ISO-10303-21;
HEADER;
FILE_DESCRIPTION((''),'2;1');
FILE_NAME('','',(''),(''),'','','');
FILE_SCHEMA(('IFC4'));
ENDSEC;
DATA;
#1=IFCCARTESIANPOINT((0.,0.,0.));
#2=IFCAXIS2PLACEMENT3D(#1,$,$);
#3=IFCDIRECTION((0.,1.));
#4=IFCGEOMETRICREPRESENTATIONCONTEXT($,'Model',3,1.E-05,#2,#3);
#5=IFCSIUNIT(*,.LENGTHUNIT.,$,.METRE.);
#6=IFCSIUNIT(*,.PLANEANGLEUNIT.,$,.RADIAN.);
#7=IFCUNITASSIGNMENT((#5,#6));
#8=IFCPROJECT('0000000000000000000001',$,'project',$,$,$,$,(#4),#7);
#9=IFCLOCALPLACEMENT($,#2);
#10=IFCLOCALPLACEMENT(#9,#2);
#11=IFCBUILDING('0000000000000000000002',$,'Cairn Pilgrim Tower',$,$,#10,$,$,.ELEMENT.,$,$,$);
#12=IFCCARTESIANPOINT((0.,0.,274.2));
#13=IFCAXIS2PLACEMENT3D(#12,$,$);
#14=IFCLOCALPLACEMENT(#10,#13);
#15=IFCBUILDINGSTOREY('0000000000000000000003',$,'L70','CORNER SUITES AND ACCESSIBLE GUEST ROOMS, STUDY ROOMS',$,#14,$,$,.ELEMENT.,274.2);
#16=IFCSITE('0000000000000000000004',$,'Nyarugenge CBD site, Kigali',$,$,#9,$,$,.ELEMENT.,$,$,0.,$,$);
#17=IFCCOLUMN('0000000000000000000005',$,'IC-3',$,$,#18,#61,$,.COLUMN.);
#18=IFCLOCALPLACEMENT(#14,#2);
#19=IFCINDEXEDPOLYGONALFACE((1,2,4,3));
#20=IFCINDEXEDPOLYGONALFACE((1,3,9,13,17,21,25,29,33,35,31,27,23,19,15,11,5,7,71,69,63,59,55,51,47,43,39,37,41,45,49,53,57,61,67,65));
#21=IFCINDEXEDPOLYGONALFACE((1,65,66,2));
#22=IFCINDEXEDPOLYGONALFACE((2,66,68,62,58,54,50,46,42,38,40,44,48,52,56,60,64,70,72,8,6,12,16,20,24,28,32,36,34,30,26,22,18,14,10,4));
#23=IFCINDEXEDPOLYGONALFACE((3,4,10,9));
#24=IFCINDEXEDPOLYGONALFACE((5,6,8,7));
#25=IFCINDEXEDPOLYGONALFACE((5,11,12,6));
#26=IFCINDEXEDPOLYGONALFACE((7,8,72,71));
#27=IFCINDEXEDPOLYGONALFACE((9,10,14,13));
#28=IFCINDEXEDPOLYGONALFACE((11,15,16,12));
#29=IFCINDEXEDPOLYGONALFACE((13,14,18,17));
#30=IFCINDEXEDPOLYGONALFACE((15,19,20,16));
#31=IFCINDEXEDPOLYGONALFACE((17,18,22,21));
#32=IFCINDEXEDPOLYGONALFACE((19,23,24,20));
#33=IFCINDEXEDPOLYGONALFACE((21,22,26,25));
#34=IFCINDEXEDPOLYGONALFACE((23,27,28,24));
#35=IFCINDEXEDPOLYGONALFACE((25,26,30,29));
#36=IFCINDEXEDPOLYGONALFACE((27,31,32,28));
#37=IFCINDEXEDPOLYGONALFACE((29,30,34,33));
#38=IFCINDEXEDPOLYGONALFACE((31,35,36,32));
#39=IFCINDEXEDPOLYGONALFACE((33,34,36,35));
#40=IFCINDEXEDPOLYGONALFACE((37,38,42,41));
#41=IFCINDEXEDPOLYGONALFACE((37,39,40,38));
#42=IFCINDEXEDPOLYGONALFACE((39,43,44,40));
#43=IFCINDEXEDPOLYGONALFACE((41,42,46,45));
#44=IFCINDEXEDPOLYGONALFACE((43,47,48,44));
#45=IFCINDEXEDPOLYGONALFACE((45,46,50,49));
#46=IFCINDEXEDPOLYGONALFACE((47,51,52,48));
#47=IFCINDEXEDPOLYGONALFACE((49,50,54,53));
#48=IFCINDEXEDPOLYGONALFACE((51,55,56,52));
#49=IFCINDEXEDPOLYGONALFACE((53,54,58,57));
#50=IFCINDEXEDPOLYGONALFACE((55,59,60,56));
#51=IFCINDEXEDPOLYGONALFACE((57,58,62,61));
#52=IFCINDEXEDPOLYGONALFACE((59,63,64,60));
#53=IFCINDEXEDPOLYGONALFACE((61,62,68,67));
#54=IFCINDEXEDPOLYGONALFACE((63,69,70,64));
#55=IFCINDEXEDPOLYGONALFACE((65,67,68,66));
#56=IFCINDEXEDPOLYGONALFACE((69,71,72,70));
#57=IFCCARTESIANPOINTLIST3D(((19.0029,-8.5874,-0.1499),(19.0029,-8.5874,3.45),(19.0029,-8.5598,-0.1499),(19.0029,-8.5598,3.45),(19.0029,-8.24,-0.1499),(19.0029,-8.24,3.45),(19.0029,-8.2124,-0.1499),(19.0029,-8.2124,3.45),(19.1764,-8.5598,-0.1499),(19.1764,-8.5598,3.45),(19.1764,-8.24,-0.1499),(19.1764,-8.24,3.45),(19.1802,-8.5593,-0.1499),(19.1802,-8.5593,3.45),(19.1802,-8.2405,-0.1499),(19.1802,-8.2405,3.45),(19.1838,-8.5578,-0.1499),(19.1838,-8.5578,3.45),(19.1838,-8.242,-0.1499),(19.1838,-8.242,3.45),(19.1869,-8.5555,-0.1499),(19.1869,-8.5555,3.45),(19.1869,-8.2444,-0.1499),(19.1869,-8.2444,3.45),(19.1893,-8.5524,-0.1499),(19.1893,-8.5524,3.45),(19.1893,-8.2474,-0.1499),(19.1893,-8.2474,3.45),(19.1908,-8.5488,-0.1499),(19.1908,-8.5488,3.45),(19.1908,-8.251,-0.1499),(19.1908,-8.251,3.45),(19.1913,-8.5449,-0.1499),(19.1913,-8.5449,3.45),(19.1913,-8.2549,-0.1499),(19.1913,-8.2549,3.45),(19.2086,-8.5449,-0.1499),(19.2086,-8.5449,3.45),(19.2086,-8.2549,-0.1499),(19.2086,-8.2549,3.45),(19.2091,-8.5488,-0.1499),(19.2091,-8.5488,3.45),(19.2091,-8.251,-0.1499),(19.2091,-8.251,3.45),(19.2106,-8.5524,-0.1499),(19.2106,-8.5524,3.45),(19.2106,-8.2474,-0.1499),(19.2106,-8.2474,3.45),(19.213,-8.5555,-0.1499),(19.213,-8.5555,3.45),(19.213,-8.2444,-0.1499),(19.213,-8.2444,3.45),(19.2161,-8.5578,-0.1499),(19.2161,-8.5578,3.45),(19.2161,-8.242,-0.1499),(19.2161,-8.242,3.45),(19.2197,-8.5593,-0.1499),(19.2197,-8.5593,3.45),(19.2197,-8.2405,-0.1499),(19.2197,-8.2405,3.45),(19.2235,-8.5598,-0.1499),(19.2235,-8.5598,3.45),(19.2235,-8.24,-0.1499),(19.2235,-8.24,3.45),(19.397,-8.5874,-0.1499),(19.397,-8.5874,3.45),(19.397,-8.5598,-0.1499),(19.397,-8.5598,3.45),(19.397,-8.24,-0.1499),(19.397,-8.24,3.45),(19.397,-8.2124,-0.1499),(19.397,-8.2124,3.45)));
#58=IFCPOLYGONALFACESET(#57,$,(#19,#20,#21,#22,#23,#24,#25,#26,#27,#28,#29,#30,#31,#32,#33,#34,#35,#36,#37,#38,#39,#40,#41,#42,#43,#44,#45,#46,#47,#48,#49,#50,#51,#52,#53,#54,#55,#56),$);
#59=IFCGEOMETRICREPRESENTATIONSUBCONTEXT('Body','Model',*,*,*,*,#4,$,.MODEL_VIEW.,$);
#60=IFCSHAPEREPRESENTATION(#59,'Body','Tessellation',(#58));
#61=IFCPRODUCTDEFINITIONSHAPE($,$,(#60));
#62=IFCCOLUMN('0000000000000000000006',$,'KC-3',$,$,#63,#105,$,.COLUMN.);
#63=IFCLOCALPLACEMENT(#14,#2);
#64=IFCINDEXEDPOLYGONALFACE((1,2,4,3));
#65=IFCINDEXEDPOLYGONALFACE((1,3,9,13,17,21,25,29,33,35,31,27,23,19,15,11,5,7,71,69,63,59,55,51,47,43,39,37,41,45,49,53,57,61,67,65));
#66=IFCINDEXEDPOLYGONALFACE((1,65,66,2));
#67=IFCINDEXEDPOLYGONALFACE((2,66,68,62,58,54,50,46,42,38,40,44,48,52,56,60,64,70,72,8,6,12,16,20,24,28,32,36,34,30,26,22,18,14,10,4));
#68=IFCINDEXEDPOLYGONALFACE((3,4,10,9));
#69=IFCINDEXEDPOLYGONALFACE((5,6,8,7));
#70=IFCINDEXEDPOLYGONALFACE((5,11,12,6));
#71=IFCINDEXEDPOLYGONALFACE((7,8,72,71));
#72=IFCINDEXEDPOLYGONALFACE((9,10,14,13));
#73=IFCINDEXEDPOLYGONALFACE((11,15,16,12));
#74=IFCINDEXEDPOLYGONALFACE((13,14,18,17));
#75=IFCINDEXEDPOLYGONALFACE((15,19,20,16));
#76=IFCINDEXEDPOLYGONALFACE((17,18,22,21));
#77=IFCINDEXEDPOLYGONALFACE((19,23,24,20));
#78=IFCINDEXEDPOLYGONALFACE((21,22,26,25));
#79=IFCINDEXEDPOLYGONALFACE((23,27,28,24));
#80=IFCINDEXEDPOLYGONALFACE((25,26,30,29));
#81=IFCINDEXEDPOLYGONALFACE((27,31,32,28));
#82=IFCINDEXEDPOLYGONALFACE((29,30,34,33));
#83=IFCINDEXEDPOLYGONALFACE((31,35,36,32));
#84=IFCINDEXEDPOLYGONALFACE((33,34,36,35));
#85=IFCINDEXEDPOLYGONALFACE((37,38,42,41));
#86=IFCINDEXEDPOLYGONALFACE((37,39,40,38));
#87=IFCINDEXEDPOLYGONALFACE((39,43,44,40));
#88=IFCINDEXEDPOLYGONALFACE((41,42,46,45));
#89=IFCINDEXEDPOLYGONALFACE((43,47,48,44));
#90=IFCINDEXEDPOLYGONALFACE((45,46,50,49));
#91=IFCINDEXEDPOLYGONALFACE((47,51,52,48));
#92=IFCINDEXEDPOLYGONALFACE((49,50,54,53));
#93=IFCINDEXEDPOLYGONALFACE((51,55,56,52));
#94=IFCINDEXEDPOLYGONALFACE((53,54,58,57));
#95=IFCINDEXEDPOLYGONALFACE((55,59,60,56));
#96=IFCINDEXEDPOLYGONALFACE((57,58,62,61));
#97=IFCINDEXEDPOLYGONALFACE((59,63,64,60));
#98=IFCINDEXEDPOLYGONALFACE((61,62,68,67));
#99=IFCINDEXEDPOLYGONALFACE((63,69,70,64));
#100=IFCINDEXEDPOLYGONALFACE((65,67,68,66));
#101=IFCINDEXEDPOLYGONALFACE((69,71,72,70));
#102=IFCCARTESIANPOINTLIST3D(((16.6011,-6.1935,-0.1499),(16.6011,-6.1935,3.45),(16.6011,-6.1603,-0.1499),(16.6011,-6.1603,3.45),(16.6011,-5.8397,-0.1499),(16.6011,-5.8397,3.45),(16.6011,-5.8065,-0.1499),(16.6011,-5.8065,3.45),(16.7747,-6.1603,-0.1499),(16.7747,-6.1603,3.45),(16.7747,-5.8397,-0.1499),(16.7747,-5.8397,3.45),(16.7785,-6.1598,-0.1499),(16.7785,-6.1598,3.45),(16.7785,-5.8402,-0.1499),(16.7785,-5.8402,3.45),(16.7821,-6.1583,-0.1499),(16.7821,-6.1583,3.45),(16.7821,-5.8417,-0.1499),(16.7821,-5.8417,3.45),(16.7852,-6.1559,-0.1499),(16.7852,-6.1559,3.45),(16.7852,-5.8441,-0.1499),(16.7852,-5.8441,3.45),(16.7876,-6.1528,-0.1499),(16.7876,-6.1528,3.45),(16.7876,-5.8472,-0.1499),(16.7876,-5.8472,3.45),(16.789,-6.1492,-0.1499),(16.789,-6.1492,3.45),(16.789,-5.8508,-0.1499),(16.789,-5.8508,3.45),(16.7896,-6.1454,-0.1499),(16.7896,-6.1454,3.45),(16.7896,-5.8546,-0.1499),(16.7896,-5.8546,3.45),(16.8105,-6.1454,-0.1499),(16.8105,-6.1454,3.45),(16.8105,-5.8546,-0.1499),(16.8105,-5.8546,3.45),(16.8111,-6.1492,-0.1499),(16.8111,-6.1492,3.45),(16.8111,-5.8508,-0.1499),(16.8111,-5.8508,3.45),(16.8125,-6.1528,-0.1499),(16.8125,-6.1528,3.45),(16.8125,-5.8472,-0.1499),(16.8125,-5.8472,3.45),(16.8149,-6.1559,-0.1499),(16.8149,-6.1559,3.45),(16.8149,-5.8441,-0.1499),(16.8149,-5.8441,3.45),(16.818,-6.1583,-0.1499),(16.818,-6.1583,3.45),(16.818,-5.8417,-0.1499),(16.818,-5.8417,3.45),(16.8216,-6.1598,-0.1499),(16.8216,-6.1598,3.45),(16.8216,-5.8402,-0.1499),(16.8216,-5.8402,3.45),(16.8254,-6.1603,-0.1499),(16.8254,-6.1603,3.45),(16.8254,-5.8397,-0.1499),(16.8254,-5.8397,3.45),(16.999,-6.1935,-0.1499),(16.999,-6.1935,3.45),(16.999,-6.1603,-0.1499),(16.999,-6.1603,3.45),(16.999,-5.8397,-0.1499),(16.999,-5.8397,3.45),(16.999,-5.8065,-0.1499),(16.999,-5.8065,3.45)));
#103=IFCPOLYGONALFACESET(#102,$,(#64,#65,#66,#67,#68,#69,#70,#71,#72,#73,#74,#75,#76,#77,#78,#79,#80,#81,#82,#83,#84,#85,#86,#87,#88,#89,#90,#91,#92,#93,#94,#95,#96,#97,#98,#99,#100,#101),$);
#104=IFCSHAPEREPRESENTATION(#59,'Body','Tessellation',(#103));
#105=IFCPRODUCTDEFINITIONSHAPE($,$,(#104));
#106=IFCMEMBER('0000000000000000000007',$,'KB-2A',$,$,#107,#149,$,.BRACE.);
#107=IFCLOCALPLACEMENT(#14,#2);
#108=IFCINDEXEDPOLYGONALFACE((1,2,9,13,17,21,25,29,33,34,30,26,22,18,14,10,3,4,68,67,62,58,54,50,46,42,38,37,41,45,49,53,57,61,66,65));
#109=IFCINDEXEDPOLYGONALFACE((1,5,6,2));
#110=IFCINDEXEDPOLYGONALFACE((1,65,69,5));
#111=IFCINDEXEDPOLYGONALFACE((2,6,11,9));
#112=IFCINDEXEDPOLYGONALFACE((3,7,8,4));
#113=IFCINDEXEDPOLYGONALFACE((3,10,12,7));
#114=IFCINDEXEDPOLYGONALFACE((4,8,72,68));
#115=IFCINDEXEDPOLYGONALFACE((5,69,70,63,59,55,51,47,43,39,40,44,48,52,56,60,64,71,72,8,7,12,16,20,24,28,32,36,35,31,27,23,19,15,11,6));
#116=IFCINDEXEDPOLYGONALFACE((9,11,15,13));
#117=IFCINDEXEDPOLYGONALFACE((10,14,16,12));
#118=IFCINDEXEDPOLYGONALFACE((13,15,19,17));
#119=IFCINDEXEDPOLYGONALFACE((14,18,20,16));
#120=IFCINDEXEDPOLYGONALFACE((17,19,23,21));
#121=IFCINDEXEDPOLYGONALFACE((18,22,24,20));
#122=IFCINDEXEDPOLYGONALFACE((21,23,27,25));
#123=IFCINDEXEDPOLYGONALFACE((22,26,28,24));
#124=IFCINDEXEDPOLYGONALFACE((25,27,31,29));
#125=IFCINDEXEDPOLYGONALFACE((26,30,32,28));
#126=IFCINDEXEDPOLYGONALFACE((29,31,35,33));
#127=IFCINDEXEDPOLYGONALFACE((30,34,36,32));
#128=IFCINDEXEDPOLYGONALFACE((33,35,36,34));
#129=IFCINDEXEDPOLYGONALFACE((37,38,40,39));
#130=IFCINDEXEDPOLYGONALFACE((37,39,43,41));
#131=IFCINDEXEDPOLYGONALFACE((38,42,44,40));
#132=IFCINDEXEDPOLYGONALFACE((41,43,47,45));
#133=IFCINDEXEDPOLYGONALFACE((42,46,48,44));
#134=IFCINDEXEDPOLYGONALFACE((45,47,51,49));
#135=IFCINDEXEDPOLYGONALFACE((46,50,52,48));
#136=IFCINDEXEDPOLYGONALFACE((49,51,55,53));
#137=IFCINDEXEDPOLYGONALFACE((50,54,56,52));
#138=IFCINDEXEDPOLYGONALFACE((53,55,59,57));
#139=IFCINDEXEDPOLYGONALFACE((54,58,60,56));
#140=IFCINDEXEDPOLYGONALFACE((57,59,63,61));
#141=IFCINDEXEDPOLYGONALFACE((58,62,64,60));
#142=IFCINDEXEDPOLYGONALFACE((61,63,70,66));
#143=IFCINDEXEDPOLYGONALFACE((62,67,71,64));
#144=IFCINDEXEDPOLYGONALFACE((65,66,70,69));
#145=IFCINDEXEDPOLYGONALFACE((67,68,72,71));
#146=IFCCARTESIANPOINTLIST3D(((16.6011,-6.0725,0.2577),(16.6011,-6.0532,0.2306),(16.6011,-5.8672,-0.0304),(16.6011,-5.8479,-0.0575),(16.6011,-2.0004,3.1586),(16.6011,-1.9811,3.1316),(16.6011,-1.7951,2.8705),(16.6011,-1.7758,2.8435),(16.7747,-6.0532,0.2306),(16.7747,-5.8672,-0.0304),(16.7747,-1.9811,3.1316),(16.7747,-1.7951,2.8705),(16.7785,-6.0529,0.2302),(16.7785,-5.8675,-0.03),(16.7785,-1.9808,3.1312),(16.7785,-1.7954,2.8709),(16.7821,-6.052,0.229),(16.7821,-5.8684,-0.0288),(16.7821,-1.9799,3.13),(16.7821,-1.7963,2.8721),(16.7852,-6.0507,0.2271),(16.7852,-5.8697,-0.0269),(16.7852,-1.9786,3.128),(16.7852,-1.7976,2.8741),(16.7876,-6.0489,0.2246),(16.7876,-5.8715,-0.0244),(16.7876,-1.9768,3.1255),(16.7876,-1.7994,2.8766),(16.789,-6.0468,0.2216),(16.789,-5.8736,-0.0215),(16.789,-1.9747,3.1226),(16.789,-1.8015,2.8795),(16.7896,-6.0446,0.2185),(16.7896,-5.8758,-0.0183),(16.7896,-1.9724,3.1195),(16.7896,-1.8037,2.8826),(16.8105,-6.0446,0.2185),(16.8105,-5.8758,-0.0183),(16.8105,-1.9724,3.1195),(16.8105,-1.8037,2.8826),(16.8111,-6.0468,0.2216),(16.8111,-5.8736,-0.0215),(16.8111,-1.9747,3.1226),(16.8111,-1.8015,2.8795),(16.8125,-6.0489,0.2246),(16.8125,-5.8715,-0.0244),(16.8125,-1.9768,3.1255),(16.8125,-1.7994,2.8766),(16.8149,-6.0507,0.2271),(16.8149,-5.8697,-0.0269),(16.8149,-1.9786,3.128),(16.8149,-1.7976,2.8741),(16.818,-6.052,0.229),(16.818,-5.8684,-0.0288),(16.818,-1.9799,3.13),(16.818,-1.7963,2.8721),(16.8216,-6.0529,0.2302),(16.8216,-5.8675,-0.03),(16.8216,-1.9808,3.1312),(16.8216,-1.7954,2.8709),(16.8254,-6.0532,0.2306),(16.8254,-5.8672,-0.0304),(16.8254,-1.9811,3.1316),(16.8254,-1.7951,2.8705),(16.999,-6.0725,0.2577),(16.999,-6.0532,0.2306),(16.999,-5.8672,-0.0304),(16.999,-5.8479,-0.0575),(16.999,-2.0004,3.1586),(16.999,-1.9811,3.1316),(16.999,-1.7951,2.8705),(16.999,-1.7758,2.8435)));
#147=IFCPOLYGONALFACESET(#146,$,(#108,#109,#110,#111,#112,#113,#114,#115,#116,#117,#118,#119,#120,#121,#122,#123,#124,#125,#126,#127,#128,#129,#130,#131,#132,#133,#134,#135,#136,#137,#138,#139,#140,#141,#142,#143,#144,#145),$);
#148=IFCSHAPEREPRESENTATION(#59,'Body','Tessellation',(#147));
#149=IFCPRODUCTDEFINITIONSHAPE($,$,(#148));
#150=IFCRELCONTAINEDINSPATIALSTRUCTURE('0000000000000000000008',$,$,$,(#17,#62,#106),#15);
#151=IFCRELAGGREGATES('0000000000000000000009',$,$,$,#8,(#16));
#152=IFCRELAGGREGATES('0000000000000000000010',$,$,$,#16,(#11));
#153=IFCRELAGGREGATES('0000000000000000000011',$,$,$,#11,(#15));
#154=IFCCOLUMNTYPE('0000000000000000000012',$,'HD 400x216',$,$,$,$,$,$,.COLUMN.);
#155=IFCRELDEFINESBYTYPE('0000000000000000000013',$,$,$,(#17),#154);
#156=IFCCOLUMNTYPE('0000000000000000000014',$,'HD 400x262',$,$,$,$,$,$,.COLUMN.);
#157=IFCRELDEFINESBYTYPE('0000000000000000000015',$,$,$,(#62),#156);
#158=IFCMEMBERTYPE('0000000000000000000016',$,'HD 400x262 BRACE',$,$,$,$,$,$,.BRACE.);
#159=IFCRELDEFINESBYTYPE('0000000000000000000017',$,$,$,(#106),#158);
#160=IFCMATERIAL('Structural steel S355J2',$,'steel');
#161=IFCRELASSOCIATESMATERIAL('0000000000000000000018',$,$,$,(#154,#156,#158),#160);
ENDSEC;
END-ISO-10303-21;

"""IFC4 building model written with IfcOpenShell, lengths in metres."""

from ifc_helpers import new_model, si_unit, direction, frame, origin, origin_2d, place, context, subcontext, project, spatial, i_section, extrude, material, material_profile, profile_set, type_object, element, save


model = new_model("IFC4")

# Units and contexts
model_context = context("Model", 3, precision=1e-05, world=origin(), true_north=direction((0.0, 1.0)))
body_context = subcontext(model_context, "Body", "Model", "MODEL_VIEW")
ifc_project = project(units=[si_unit("LENGTHUNIT", "METRE"), si_unit("PLANEANGLEUNIT", "RADIAN")], contexts=[model_context])

# Site, building, storey
site_placement = place(None, origin())
site = spatial("IfcSite", under=ifc_project, at=site_placement, Name="Nyarugenge CBD site, Kigali", CompositionType="ELEMENT", RefElevation=0.0)
building_placement = place(site_placement, origin())
building = spatial("IfcBuilding", under=site, at=building_placement, Name="Cairn Pilgrim Tower", CompositionType="ELEMENT")
storey_placement = place(building_placement, frame((0.0, 0.0, 274.2)))
storey = spatial("IfcBuildingStorey", under=building, at=storey_placement, Name="L70", Description="CORNER SUITES AND ACCESSIBLE GUEST ROOMS, STUDY ROOMS", CompositionType="ELEMENT", Elevation=274.2)

# Columns
ifc_material_1 = material(Name="Structural steel S355J2", Category="steel")
ifc_material_profile_1 = material_profile(ifc_material_1, i_section(OverallWidth=0.394, OverallDepth=0.375, WebThickness=0.0173, FlangeThickness=0.0276, FilletRadius=0.0149, at=origin_2d()), Name="HD 400x216")
ifc_profile_set_1 = profile_set([ifc_material_profile_1], Name="Structural steel S355J2")
column_type_1 = type_object("IfcColumnType", Name="HD 400x216", PredefinedType="COLUMN", material=ifc_profile_set_1)
column_1_placement = place(storey_placement, frame((19.2, -8.3999, -0.1499), z_axis=(0.0, 0.0, 1.0), x_axis=(1.0, 0.0, 0.0)))
element("IfcColumn", 1, at=column_1_placement, inside=storey, type_object=column_type_1, Name="IC-3", PredefinedType="COLUMN", context=body_context, shape_type="SweptSolid", body=[
    extrude(i_section(OverallWidth=0.394, OverallDepth=0.375, WebThickness=0.0173, FlangeThickness=0.0276, FilletRadius=0.0149, at=origin_2d()), origin(), (0.0, 0.0, 1.0), 3.5999),
])
ifc_material_profile_2 = material_profile(ifc_material_1, i_section(OverallWidth=0.3979, OverallDepth=0.387, WebThickness=0.021, FlangeThickness=0.0332, FilletRadius=0.0149, at=origin_2d()), Name="HD 400x262")
ifc_profile_set_2 = profile_set([ifc_material_profile_2], Name="Structural steel S355J2")
column_type_2 = type_object("IfcColumnType", Name="HD 400x262", PredefinedType="COLUMN", material=ifc_profile_set_2)
column_2_placement = place(storey_placement, frame((16.8, -6.0, -0.1499), z_axis=(0.0, 0.0, 1.0), x_axis=(1.0, 0.0, 0.0)))
element("IfcColumn", 2, at=column_2_placement, inside=storey, type_object=column_type_2, Name="KC-3", PredefinedType="COLUMN", context=body_context, shape_type="SweptSolid", body=[
    extrude(i_section(OverallWidth=0.3979, OverallDepth=0.387, WebThickness=0.021, FlangeThickness=0.0332, FilletRadius=0.0149, at=origin_2d()), origin(), (0.0, 0.0, 1.0), 3.5999),
])

# Member
ifc_material_profile_3 = material_profile(ifc_material_1, i_section(OverallWidth=0.3979, OverallDepth=0.387, WebThickness=0.021, FlangeThickness=0.0332, FilletRadius=0.0149, at=origin_2d()), Name="HD 400x262")
ifc_profile_set_3 = profile_set([ifc_material_profile_3], Name="Structural steel S355J2")
member_type = type_object("IfcMemberType", Name="HD 400x262 BRACE", PredefinedType="BRACE", material=ifc_profile_set_3)
member_placement = place(storey_placement, frame((16.8, -5.9602, 0.1001), z_axis=(0.0, 0.814462, 0.580217), x_axis=(-1.0, 0.0, 0.0)))
element("IfcMember", 3, at=member_placement, inside=storey, type_object=member_type, Name="KB-2A", PredefinedType="BRACE", context=body_context, shape_type="SweptSolid", body=[
    extrude(i_section(OverallWidth=0.3979, OverallDepth=0.387, WebThickness=0.021, FlangeThickness=0.0332, FilletRadius=0.0149, at=origin_2d()), origin(), (0.0, 0.0, 1.0), 4.9998),
])

save(model, "model.ifc")
